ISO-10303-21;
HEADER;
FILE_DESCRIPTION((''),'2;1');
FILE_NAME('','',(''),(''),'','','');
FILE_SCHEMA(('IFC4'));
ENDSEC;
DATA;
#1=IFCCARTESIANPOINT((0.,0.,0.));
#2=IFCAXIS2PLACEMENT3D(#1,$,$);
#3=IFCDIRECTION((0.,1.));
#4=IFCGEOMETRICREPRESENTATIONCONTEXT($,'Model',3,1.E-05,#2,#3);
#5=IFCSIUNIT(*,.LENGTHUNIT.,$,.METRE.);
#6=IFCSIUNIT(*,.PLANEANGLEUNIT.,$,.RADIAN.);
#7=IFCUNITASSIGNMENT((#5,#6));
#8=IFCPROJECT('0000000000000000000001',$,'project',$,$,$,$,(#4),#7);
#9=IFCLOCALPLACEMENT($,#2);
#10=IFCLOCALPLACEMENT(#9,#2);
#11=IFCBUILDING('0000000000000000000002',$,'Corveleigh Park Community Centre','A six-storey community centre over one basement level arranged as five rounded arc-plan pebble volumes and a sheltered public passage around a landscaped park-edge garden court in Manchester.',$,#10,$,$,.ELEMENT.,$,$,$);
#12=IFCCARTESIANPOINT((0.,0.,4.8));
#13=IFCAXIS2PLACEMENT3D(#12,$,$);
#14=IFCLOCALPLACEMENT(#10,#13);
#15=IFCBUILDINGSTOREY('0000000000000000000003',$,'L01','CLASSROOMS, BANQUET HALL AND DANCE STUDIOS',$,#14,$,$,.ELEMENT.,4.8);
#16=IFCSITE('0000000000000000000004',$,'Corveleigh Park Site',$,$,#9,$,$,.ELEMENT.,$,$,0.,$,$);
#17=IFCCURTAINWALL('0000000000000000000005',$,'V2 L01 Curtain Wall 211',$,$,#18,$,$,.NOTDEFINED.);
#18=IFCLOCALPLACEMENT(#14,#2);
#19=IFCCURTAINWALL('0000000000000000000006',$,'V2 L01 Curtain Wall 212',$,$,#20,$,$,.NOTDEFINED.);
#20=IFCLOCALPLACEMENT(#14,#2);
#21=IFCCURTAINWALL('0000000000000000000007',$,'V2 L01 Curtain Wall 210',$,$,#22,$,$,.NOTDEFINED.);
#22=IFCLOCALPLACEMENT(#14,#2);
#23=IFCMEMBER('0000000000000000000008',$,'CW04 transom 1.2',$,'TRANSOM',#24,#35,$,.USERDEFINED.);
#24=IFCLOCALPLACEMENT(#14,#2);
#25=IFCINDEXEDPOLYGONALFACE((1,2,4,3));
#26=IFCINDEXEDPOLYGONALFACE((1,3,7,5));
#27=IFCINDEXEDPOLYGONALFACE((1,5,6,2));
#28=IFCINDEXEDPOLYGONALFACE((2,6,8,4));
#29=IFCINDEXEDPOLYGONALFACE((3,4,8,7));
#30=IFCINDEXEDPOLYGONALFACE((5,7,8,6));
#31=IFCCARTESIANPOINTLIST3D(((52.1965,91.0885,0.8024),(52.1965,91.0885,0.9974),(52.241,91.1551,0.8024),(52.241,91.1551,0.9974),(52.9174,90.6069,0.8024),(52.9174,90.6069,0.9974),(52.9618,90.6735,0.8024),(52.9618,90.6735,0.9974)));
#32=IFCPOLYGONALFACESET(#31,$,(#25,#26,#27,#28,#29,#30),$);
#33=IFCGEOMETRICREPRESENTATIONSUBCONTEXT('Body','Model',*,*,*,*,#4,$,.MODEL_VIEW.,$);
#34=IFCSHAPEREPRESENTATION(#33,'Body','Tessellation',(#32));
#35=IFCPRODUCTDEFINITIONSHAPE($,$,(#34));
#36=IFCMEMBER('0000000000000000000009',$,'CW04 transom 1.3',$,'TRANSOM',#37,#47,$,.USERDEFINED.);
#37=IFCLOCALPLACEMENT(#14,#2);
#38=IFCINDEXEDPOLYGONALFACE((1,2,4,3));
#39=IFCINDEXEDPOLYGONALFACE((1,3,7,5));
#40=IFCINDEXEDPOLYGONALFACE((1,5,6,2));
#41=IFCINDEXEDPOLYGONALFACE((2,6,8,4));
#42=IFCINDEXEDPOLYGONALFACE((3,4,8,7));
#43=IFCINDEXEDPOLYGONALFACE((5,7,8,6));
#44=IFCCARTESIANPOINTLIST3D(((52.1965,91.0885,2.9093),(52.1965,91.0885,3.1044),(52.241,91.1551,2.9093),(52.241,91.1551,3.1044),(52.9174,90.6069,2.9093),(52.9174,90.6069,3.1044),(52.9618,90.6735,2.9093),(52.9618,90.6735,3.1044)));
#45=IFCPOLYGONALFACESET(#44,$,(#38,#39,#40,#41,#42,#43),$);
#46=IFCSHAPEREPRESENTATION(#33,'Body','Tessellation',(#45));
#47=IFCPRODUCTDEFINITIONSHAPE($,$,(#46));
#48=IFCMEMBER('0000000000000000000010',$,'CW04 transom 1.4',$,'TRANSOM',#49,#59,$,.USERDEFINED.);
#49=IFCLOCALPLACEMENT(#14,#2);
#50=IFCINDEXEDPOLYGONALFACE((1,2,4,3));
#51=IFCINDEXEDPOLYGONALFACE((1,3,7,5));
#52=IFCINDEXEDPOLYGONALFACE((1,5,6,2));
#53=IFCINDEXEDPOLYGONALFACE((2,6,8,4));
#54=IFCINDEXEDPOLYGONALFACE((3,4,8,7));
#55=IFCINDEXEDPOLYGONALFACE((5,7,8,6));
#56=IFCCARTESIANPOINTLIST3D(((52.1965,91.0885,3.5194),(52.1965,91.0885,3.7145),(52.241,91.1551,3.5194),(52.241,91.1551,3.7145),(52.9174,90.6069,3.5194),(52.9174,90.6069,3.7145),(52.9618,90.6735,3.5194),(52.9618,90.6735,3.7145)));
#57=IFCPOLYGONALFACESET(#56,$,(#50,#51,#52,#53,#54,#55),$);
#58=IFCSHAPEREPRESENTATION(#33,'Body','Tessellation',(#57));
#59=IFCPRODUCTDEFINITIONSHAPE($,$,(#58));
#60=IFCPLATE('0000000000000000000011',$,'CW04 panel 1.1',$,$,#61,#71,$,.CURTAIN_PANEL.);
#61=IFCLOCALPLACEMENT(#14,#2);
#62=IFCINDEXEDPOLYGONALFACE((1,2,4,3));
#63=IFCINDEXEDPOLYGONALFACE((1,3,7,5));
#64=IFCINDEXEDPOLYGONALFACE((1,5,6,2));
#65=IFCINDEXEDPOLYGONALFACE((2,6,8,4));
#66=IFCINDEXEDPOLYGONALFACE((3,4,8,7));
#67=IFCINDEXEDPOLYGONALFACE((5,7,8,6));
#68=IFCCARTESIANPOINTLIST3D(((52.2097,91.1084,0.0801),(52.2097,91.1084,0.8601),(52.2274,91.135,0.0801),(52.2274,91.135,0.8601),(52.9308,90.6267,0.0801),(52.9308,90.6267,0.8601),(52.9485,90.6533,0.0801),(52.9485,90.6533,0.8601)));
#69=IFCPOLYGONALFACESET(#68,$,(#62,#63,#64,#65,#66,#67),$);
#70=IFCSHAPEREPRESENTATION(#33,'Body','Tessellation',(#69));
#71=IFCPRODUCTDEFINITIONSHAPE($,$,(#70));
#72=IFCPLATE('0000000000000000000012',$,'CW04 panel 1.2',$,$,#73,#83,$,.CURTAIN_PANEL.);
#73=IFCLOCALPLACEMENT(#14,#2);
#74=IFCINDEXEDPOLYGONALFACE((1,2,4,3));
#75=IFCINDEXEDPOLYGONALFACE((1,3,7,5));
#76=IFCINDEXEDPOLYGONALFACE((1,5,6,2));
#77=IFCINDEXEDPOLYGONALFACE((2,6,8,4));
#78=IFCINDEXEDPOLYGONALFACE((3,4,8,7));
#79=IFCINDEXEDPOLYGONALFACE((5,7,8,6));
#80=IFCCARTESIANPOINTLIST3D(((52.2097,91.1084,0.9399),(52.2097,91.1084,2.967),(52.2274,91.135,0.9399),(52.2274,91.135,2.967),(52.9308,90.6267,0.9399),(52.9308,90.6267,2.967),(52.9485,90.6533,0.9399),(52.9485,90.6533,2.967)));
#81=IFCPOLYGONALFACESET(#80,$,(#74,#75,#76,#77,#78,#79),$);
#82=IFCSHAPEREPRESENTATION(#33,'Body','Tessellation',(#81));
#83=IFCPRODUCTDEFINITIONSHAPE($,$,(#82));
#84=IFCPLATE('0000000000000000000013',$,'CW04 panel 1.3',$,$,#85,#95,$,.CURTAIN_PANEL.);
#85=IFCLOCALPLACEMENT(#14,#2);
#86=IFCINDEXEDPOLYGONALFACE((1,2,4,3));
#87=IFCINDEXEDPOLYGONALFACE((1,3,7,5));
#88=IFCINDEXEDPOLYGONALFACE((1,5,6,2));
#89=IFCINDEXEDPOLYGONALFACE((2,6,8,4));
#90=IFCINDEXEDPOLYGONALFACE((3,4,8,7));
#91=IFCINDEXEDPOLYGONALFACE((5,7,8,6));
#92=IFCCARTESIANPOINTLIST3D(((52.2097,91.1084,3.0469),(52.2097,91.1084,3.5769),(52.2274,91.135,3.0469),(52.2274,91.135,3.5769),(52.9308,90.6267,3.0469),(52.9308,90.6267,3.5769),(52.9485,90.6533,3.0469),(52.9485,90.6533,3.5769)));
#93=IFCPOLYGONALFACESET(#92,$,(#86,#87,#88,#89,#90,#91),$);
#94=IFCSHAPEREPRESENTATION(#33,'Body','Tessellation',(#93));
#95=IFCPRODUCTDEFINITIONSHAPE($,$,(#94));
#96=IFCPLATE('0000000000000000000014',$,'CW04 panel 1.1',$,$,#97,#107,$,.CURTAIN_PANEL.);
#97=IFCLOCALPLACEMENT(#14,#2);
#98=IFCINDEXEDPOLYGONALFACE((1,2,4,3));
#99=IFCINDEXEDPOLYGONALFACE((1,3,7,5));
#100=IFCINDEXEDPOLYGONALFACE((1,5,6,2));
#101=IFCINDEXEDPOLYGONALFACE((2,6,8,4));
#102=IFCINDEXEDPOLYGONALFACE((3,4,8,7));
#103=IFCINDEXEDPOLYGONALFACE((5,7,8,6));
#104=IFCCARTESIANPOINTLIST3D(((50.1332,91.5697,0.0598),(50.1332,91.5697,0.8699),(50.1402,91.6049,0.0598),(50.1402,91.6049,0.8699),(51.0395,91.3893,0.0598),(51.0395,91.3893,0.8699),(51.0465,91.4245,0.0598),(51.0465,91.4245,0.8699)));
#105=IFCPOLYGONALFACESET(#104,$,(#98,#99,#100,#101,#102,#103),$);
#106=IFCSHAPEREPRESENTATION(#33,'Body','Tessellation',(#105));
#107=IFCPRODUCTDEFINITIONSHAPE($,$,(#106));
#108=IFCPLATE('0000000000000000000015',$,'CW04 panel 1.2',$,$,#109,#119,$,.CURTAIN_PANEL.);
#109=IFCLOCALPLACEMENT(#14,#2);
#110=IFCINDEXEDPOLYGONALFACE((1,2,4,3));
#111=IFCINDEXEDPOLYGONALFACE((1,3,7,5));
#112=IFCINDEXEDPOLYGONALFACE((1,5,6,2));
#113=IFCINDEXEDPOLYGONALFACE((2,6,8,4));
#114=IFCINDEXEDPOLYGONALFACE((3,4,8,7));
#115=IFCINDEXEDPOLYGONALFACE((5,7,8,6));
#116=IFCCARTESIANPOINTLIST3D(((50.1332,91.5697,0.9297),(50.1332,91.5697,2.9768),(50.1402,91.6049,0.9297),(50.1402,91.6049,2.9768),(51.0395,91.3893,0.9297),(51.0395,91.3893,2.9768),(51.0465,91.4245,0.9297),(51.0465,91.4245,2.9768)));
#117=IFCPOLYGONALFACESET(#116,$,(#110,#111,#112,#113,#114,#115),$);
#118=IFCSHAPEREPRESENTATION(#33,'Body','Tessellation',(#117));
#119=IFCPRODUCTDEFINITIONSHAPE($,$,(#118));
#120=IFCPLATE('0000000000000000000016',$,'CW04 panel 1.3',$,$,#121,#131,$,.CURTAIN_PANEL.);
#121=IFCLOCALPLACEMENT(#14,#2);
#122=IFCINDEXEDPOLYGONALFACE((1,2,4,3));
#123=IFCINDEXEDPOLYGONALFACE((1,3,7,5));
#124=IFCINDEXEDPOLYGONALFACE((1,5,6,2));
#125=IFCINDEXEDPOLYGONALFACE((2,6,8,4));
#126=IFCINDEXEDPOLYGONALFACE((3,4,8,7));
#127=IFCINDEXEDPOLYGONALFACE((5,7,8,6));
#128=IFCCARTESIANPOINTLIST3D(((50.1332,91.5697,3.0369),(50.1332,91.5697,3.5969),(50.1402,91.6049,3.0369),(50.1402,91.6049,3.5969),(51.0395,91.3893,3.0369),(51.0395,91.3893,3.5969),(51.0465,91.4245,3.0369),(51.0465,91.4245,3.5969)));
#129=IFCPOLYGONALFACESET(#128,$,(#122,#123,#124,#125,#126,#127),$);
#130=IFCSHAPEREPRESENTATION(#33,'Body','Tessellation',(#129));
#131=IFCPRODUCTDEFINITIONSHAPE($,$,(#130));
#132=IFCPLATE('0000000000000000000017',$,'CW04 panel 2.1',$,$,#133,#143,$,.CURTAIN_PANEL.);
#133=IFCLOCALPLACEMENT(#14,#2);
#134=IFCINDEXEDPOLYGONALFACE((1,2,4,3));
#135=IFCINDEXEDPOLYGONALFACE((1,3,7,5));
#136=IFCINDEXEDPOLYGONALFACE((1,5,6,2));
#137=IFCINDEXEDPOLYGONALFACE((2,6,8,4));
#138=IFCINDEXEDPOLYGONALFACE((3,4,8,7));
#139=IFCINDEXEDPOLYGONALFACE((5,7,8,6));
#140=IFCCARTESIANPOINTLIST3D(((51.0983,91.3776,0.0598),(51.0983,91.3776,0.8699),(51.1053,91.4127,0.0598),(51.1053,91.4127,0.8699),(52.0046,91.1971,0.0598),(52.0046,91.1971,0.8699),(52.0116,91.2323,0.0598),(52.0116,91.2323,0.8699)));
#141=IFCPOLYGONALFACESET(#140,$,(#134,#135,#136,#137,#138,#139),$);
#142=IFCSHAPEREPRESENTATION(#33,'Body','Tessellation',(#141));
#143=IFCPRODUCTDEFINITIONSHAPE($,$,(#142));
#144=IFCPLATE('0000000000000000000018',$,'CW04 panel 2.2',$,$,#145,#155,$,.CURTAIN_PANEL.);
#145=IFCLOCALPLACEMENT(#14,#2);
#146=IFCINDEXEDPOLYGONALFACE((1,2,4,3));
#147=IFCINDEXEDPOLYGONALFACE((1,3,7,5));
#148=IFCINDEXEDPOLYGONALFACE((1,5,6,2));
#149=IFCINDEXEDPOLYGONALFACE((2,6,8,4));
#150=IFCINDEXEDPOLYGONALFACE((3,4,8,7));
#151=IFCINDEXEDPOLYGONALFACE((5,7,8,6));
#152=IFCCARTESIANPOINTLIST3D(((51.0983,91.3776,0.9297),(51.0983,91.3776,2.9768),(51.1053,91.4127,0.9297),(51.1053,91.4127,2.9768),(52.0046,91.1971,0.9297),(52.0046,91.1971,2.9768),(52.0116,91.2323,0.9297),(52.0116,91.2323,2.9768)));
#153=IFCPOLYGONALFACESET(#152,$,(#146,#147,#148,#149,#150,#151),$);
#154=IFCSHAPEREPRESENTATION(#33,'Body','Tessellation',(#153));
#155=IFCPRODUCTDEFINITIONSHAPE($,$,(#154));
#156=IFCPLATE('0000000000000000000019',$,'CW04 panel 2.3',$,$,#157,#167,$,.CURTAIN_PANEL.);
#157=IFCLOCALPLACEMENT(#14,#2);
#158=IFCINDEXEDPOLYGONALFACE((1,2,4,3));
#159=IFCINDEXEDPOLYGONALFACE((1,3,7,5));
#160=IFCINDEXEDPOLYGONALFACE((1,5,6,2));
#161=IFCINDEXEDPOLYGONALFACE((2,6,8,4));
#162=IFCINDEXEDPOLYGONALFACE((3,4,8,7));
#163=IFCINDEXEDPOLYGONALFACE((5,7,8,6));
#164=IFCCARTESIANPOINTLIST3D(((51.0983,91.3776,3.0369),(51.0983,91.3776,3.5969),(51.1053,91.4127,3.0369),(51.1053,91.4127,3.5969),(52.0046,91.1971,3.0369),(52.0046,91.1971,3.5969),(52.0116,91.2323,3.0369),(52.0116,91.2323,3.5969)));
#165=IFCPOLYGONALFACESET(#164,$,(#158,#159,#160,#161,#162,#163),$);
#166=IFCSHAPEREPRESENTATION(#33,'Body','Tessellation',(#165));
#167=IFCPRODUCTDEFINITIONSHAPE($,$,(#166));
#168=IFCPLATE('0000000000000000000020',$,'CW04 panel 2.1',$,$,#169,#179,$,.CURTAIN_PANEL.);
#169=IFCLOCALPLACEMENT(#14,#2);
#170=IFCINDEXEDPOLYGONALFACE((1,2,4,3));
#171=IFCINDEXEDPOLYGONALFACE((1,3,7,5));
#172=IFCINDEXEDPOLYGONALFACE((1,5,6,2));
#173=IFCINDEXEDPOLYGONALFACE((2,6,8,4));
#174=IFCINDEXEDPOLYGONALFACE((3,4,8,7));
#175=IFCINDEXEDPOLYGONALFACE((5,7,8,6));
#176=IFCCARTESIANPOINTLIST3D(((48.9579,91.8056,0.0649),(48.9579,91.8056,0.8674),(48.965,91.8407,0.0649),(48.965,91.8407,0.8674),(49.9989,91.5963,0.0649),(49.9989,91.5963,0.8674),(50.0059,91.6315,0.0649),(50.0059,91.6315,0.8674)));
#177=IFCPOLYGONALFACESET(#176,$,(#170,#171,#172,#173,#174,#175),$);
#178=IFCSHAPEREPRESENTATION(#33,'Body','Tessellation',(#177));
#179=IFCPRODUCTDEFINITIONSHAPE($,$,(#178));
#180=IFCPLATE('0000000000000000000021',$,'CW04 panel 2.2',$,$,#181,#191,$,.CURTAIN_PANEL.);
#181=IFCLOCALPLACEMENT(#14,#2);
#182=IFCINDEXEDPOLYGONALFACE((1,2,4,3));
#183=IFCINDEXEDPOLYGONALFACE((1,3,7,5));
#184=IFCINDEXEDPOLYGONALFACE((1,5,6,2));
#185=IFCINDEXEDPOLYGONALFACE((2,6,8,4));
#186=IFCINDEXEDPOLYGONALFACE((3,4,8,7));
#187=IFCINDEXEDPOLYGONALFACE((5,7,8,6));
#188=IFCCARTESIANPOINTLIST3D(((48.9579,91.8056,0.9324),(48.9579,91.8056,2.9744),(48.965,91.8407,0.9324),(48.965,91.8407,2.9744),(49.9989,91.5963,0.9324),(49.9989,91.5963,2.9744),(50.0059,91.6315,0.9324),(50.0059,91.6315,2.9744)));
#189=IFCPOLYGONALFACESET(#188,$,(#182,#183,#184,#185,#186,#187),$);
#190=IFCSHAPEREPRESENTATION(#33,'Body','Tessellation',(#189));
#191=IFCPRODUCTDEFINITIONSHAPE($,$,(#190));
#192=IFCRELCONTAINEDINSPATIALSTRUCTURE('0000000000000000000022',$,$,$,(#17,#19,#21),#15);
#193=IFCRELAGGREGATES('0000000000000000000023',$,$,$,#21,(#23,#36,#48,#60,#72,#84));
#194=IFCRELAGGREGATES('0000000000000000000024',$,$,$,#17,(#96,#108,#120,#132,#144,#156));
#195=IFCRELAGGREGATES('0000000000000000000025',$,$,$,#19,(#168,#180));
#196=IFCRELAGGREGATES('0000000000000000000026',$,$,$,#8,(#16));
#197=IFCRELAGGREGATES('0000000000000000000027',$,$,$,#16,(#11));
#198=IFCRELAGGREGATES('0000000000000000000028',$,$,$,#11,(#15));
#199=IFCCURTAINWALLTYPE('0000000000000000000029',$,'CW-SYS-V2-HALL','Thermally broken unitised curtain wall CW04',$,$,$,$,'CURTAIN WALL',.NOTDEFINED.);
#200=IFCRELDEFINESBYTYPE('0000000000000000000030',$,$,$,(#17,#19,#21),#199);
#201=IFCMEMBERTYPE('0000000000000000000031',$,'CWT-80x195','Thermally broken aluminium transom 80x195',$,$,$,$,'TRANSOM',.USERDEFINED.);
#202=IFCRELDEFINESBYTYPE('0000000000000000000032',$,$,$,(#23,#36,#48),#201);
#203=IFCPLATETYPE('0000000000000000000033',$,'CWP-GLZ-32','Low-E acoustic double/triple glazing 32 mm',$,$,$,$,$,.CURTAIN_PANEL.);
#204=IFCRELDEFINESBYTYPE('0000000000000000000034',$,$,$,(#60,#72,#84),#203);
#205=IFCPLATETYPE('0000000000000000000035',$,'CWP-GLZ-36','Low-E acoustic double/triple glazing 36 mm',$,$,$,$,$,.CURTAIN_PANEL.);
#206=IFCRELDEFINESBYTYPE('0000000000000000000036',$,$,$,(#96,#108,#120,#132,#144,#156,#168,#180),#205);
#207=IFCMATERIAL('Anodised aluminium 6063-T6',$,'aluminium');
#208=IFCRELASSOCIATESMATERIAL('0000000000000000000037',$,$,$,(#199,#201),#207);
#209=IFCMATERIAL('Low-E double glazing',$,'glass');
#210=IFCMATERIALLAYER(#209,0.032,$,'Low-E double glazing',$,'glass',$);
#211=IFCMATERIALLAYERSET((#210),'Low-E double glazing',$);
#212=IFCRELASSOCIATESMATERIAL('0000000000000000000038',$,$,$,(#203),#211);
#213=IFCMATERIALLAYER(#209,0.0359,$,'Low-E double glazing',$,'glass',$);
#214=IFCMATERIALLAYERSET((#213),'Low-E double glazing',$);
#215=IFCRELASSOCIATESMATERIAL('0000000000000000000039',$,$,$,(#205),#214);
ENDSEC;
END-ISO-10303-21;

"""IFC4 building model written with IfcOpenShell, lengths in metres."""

from ifc_helpers import new_model, si_unit, direction, frame, origin, origin_2d, place, context, subcontext, project, spatial, rectangle, extrude, material, layer, layer_set, material_profile, profile_set, type_object, element, aggregate, save


model = new_model("IFC4")

# Units and contexts
model_context = context("Model", 3, precision=1e-05, world=origin(), true_north=direction((0.0, 1.0)))
body_context = subcontext(model_context, "Body", "Model", "MODEL_VIEW")
ifc_project = project(units=[si_unit("LENGTHUNIT", "METRE"), si_unit("PLANEANGLEUNIT", "RADIAN")], contexts=[model_context])

# Site, building, storey
site_placement = place(None, origin())
site = spatial("IfcSite", under=ifc_project, at=site_placement, Name="Corveleigh Park Site", CompositionType="ELEMENT", RefElevation=0.0)
building_placement = place(site_placement, origin())
building = spatial("IfcBuilding", under=site, at=building_placement, Name="Corveleigh Park Community Centre", Description="A six-storey community centre over one basement level arranged as five rounded arc-plan pebble volumes and a sheltered public passage around a landscaped park-edge garden court in Manchester.", CompositionType="ELEMENT")
storey_placement = place(building_placement, frame((0.0, 0.0, 4.8)))
storey = spatial("IfcBuildingStorey", under=building, at=storey_placement, Name="L01", Description="CLASSROOMS, BANQUET HALL AND DANCE STUDIOS", CompositionType="ELEMENT", Elevation=4.8)

# Curtain wall
ifc_material_1 = material(Name="Anodised aluminium 6063-T6", Category="aluminium")
curtain_wall_type = type_object("IfcCurtainWallType", Name="CW-SYS-V2-HALL", Description="Thermally broken unitised curtain wall CW04", ElementType="CURTAIN WALL", PredefinedType="NOTDEFINED", material=ifc_material_1)
curtain_wall_1_placement = place(storey_placement, origin())
curtain_wall_1 = element("IfcCurtainWall", 1, at=curtain_wall_1_placement, inside=storey, type_object=curtain_wall_type, Name="V2 L01 Curtain Wall 211", PredefinedType="NOTDEFINED")

# Curtain walls
curtain_wall_2_placement = place(storey_placement, origin())
curtain_wall_2 = element("IfcCurtainWall", 2, at=curtain_wall_2_placement, inside=storey, type_object=curtain_wall_type, Name="V2 L01 Curtain Wall 212", PredefinedType="NOTDEFINED")
curtain_wall_3_placement = place(storey_placement, origin())
curtain_wall_3 = element("IfcCurtainWall", 3, at=curtain_wall_3_placement, inside=storey, type_object=curtain_wall_type, Name="V2 L01 Curtain Wall 210", PredefinedType="NOTDEFINED")

# Members
ifc_material_profile_1 = material_profile(ifc_material_1, rectangle(XDim=0.0801, YDim=0.1951, at=origin_2d()), Name="ALU-T80x195", Category="aluminium")
ifc_profile_set_1 = profile_set([ifc_material_profile_1], Name="Anodised aluminium 6063-T6")
member_type_1 = type_object("IfcMemberType", Name="CWT-80x195", Description="Thermally broken aluminium transom 80x195", ElementType="TRANSOM", PredefinedType="USERDEFINED", material=ifc_profile_set_1)
member_1_placement = place(storey_placement, frame((52.2188, 91.1218, 0.8999), z_axis=(0.831487, -0.555545, 0.0), x_axis=(0.555545, 0.831487, 0.0)))
member_1 = element("IfcMember", 4, at=member_1_placement, type_object=member_type_1, Name="CW04 transom 1.2", ObjectType="TRANSOM", PredefinedType="USERDEFINED", context=body_context, shape_type="SweptSolid", body=[
    extrude(rectangle(XDim=0.0801, YDim=0.1951, at=origin_2d()), origin(), (0.0, 0.0, 1.0), 0.8669),
])
member_2_placement = place(storey_placement, frame((52.2188, 91.1218, 3.0068), z_axis=(0.831487, -0.555545, 0.0), x_axis=(0.555545, 0.831487, 0.0)))
member_2 = element("IfcMember", 5, at=member_2_placement, type_object=member_type_1, Name="CW04 transom 1.3", ObjectType="TRANSOM", PredefinedType="USERDEFINED", context=body_context, shape_type="SweptSolid", body=[
    extrude(rectangle(XDim=0.0801, YDim=0.1951, at=origin_2d()), origin(), (0.0, 0.0, 1.0), 0.8669),
])
member_3_placement = place(storey_placement, frame((52.2188, 91.1218, 3.6169), z_axis=(0.831487, -0.555545, 0.0), x_axis=(0.555545, 0.831487, 0.0)))
member_3 = element("IfcMember", 6, at=member_3_placement, type_object=member_type_1, Name="CW04 transom 1.4", ObjectType="TRANSOM", PredefinedType="USERDEFINED", context=body_context, shape_type="SweptSolid", body=[
    extrude(rectangle(XDim=0.0801, YDim=0.1951, at=origin_2d()), origin(), (0.0, 0.0, 1.0), 0.8669),
])

# Plates
ifc_material_2 = material(Name="Low-E double glazing", Category="glass")
ifc_layer_1 = layer(ifc_material_2, 0.032, Name="Low-E double glazing", Category="glass")
ifc_layer_set_1 = layer_set([ifc_layer_1], Name="Low-E double glazing")
plate_type_1 = type_object("IfcPlateType", Name="CWP-GLZ-32", Description="Low-E acoustic double/triple glazing 32 mm", PredefinedType="CURTAIN_PANEL", material=ifc_layer_set_1)
plate_1_placement = place(storey_placement, frame((52.5791, 90.8809, 0.0801), z_axis=(0.0, 0.0, 1.0), x_axis=(0.831509, -0.555512, 0.0)))
plate_1 = element("IfcPlate", 7, at=plate_1_placement, type_object=plate_type_1, Name="CW04 panel 1.1", PredefinedType="CURTAIN_PANEL", context=body_context, shape_type="SweptSolid", body=[
    extrude(rectangle(XDim=0.8672, YDim=0.032, at=origin_2d()), origin(), (0.0, 0.0, 1.0), 0.78),
])
plate_2_placement = place(storey_placement, frame((52.5791, 90.8809, 0.9399), z_axis=(0.0, 0.0, 1.0), x_axis=(0.831509, -0.555512, 0.0)))
plate_2 = element("IfcPlate", 8, at=plate_2_placement, type_object=plate_type_1, Name="CW04 panel 1.2", PredefinedType="CURTAIN_PANEL", context=body_context, shape_type="SweptSolid", body=[
    extrude(rectangle(XDim=0.8672, YDim=0.032, at=origin_2d()), origin(), (0.0, 0.0, 1.0), 2.0271),
])
plate_3_placement = place(storey_placement, frame((52.5791, 90.8809, 3.0469), z_axis=(0.0, 0.0, 1.0), x_axis=(0.831509, -0.555512, 0.0)))
plate_3 = element("IfcPlate", 9, at=plate_3_placement, type_object=plate_type_1, Name="CW04 panel 1.3", PredefinedType="CURTAIN_PANEL", context=body_context, shape_type="SweptSolid", body=[
    extrude(rectangle(XDim=0.8672, YDim=0.032, at=origin_2d()), origin(), (0.0, 0.0, 1.0), 0.53),
])
aggregate(curtain_wall_3, [member_1, member_2, member_3, plate_1, plate_2, plate_3])
ifc_layer_2 = layer(ifc_material_2, 0.0359, Name="Low-E double glazing", Category="glass")
ifc_layer_set_2 = layer_set([ifc_layer_2], Name="Low-E double glazing")
plate_type_2 = type_object("IfcPlateType", Name="CWP-GLZ-36", Description="Low-E acoustic double/triple glazing 36 mm", PredefinedType="CURTAIN_PANEL", material=ifc_layer_set_2)
plate_4_placement = place(storey_placement, frame((50.5898, 91.4971, 0.0598), z_axis=(0.0, 0.0, 1.0), x_axis=(0.980751, -0.195263, 0.0)))
plate_4 = element("IfcPlate", 10, at=plate_4_placement, type_object=plate_type_2, Name="CW04 panel 1.1", PredefinedType="CURTAIN_PANEL", context=body_context, shape_type="SweptSolid", body=[
    extrude(rectangle(XDim=0.9241, YDim=0.0359, at=origin_2d()), origin(), (0.0, 0.0, 1.0), 0.8101),
])
plate_5_placement = place(storey_placement, frame((50.5898, 91.4971, 0.9297), z_axis=(0.0, 0.0, 1.0), x_axis=(0.980751, -0.195263, 0.0)))
plate_5 = element("IfcPlate", 11, at=plate_5_placement, type_object=plate_type_2, Name="CW04 panel 1.2", PredefinedType="CURTAIN_PANEL", context=body_context, shape_type="SweptSolid", body=[
    extrude(rectangle(XDim=0.9241, YDim=0.0359, at=origin_2d()), origin(), (0.0, 0.0, 1.0), 2.0471),
])
plate_6_placement = place(storey_placement, frame((50.5898, 91.4971, 3.0369), z_axis=(0.0, 0.0, 1.0), x_axis=(0.980751, -0.195263, 0.0)))
plate_6 = element("IfcPlate", 12, at=plate_6_placement, type_object=plate_type_2, Name="CW04 panel 1.3", PredefinedType="CURTAIN_PANEL", context=body_context, shape_type="SweptSolid", body=[
    extrude(rectangle(XDim=0.9241, YDim=0.0359, at=origin_2d()), origin(), (0.0, 0.0, 1.0), 0.5601),
])
plate_7_placement = place(storey_placement, frame((51.5549, 91.3049, 0.0598), z_axis=(0.0, 0.0, 1.0), x_axis=(0.980751, -0.195263, 0.0)))
plate_7 = element("IfcPlate", 13, at=plate_7_placement, type_object=plate_type_2, Name="CW04 panel 2.1", PredefinedType="CURTAIN_PANEL", context=body_context, shape_type="SweptSolid", body=[
    extrude(rectangle(XDim=0.9241, YDim=0.0359, at=origin_2d()), origin(), (0.0, 0.0, 1.0), 0.8101),
])
plate_8_placement = place(storey_placement, frame((51.5549, 91.3049, 0.9297), z_axis=(0.0, 0.0, 1.0), x_axis=(0.980751, -0.195263, 0.0)))
plate_8 = element("IfcPlate", 14, at=plate_8_placement, type_object=plate_type_2, Name="CW04 panel 2.2", PredefinedType="CURTAIN_PANEL", context=body_context, shape_type="SweptSolid", body=[
    extrude(rectangle(XDim=0.9241, YDim=0.0359, at=origin_2d()), origin(), (0.0, 0.0, 1.0), 2.0471),
])
plate_9_placement = place(storey_placement, frame((51.5549, 91.3049, 3.0369), z_axis=(0.0, 0.0, 1.0), x_axis=(0.980751, -0.195263, 0.0)))
plate_9 = element("IfcPlate", 15, at=plate_9_placement, type_object=plate_type_2, Name="CW04 panel 2.3", PredefinedType="CURTAIN_PANEL", context=body_context, shape_type="SweptSolid", body=[
    extrude(rectangle(XDim=0.9241, YDim=0.0359, at=origin_2d()), origin(), (0.0, 0.0, 1.0), 0.5601),
])
aggregate(curtain_wall_1, [plate_4, plate_5, plate_6, plate_7, plate_8, plate_9])
plate_10_placement = place(storey_placement, frame((49.4819, 91.7185, 0.0649), z_axis=(0.0, 0.0, 1.0), x_axis=(0.980381, -0.197111, 0.0)))
plate_10 = element("IfcPlate", 16, at=plate_10_placement, type_object=plate_type_2, Name="CW04 panel 2.1", PredefinedType="CURTAIN_PANEL", context=body_context, shape_type="SweptSolid", body=[
    extrude(rectangle(XDim=1.0618, YDim=0.0359, at=origin_2d()), origin(), (0.0, 0.0, 1.0), 0.8025),
])
plate_11_placement = place(storey_placement, frame((49.4819, 91.7185, 0.9324), z_axis=(0.0, 0.0, 1.0), x_axis=(0.980381, -0.197111, 0.0)))
plate_11 = element("IfcPlate", 17, at=plate_11_placement, type_object=plate_type_2, Name="CW04 panel 2.2", PredefinedType="CURTAIN_PANEL", context=body_context, shape_type="SweptSolid", body=[
    extrude(rectangle(XDim=1.0618, YDim=0.0359, at=origin_2d()), origin(), (0.0, 0.0, 1.0), 2.042),
])
aggregate(curtain_wall_2, [plate_10, plate_11])

save(model, "model.ifc")
